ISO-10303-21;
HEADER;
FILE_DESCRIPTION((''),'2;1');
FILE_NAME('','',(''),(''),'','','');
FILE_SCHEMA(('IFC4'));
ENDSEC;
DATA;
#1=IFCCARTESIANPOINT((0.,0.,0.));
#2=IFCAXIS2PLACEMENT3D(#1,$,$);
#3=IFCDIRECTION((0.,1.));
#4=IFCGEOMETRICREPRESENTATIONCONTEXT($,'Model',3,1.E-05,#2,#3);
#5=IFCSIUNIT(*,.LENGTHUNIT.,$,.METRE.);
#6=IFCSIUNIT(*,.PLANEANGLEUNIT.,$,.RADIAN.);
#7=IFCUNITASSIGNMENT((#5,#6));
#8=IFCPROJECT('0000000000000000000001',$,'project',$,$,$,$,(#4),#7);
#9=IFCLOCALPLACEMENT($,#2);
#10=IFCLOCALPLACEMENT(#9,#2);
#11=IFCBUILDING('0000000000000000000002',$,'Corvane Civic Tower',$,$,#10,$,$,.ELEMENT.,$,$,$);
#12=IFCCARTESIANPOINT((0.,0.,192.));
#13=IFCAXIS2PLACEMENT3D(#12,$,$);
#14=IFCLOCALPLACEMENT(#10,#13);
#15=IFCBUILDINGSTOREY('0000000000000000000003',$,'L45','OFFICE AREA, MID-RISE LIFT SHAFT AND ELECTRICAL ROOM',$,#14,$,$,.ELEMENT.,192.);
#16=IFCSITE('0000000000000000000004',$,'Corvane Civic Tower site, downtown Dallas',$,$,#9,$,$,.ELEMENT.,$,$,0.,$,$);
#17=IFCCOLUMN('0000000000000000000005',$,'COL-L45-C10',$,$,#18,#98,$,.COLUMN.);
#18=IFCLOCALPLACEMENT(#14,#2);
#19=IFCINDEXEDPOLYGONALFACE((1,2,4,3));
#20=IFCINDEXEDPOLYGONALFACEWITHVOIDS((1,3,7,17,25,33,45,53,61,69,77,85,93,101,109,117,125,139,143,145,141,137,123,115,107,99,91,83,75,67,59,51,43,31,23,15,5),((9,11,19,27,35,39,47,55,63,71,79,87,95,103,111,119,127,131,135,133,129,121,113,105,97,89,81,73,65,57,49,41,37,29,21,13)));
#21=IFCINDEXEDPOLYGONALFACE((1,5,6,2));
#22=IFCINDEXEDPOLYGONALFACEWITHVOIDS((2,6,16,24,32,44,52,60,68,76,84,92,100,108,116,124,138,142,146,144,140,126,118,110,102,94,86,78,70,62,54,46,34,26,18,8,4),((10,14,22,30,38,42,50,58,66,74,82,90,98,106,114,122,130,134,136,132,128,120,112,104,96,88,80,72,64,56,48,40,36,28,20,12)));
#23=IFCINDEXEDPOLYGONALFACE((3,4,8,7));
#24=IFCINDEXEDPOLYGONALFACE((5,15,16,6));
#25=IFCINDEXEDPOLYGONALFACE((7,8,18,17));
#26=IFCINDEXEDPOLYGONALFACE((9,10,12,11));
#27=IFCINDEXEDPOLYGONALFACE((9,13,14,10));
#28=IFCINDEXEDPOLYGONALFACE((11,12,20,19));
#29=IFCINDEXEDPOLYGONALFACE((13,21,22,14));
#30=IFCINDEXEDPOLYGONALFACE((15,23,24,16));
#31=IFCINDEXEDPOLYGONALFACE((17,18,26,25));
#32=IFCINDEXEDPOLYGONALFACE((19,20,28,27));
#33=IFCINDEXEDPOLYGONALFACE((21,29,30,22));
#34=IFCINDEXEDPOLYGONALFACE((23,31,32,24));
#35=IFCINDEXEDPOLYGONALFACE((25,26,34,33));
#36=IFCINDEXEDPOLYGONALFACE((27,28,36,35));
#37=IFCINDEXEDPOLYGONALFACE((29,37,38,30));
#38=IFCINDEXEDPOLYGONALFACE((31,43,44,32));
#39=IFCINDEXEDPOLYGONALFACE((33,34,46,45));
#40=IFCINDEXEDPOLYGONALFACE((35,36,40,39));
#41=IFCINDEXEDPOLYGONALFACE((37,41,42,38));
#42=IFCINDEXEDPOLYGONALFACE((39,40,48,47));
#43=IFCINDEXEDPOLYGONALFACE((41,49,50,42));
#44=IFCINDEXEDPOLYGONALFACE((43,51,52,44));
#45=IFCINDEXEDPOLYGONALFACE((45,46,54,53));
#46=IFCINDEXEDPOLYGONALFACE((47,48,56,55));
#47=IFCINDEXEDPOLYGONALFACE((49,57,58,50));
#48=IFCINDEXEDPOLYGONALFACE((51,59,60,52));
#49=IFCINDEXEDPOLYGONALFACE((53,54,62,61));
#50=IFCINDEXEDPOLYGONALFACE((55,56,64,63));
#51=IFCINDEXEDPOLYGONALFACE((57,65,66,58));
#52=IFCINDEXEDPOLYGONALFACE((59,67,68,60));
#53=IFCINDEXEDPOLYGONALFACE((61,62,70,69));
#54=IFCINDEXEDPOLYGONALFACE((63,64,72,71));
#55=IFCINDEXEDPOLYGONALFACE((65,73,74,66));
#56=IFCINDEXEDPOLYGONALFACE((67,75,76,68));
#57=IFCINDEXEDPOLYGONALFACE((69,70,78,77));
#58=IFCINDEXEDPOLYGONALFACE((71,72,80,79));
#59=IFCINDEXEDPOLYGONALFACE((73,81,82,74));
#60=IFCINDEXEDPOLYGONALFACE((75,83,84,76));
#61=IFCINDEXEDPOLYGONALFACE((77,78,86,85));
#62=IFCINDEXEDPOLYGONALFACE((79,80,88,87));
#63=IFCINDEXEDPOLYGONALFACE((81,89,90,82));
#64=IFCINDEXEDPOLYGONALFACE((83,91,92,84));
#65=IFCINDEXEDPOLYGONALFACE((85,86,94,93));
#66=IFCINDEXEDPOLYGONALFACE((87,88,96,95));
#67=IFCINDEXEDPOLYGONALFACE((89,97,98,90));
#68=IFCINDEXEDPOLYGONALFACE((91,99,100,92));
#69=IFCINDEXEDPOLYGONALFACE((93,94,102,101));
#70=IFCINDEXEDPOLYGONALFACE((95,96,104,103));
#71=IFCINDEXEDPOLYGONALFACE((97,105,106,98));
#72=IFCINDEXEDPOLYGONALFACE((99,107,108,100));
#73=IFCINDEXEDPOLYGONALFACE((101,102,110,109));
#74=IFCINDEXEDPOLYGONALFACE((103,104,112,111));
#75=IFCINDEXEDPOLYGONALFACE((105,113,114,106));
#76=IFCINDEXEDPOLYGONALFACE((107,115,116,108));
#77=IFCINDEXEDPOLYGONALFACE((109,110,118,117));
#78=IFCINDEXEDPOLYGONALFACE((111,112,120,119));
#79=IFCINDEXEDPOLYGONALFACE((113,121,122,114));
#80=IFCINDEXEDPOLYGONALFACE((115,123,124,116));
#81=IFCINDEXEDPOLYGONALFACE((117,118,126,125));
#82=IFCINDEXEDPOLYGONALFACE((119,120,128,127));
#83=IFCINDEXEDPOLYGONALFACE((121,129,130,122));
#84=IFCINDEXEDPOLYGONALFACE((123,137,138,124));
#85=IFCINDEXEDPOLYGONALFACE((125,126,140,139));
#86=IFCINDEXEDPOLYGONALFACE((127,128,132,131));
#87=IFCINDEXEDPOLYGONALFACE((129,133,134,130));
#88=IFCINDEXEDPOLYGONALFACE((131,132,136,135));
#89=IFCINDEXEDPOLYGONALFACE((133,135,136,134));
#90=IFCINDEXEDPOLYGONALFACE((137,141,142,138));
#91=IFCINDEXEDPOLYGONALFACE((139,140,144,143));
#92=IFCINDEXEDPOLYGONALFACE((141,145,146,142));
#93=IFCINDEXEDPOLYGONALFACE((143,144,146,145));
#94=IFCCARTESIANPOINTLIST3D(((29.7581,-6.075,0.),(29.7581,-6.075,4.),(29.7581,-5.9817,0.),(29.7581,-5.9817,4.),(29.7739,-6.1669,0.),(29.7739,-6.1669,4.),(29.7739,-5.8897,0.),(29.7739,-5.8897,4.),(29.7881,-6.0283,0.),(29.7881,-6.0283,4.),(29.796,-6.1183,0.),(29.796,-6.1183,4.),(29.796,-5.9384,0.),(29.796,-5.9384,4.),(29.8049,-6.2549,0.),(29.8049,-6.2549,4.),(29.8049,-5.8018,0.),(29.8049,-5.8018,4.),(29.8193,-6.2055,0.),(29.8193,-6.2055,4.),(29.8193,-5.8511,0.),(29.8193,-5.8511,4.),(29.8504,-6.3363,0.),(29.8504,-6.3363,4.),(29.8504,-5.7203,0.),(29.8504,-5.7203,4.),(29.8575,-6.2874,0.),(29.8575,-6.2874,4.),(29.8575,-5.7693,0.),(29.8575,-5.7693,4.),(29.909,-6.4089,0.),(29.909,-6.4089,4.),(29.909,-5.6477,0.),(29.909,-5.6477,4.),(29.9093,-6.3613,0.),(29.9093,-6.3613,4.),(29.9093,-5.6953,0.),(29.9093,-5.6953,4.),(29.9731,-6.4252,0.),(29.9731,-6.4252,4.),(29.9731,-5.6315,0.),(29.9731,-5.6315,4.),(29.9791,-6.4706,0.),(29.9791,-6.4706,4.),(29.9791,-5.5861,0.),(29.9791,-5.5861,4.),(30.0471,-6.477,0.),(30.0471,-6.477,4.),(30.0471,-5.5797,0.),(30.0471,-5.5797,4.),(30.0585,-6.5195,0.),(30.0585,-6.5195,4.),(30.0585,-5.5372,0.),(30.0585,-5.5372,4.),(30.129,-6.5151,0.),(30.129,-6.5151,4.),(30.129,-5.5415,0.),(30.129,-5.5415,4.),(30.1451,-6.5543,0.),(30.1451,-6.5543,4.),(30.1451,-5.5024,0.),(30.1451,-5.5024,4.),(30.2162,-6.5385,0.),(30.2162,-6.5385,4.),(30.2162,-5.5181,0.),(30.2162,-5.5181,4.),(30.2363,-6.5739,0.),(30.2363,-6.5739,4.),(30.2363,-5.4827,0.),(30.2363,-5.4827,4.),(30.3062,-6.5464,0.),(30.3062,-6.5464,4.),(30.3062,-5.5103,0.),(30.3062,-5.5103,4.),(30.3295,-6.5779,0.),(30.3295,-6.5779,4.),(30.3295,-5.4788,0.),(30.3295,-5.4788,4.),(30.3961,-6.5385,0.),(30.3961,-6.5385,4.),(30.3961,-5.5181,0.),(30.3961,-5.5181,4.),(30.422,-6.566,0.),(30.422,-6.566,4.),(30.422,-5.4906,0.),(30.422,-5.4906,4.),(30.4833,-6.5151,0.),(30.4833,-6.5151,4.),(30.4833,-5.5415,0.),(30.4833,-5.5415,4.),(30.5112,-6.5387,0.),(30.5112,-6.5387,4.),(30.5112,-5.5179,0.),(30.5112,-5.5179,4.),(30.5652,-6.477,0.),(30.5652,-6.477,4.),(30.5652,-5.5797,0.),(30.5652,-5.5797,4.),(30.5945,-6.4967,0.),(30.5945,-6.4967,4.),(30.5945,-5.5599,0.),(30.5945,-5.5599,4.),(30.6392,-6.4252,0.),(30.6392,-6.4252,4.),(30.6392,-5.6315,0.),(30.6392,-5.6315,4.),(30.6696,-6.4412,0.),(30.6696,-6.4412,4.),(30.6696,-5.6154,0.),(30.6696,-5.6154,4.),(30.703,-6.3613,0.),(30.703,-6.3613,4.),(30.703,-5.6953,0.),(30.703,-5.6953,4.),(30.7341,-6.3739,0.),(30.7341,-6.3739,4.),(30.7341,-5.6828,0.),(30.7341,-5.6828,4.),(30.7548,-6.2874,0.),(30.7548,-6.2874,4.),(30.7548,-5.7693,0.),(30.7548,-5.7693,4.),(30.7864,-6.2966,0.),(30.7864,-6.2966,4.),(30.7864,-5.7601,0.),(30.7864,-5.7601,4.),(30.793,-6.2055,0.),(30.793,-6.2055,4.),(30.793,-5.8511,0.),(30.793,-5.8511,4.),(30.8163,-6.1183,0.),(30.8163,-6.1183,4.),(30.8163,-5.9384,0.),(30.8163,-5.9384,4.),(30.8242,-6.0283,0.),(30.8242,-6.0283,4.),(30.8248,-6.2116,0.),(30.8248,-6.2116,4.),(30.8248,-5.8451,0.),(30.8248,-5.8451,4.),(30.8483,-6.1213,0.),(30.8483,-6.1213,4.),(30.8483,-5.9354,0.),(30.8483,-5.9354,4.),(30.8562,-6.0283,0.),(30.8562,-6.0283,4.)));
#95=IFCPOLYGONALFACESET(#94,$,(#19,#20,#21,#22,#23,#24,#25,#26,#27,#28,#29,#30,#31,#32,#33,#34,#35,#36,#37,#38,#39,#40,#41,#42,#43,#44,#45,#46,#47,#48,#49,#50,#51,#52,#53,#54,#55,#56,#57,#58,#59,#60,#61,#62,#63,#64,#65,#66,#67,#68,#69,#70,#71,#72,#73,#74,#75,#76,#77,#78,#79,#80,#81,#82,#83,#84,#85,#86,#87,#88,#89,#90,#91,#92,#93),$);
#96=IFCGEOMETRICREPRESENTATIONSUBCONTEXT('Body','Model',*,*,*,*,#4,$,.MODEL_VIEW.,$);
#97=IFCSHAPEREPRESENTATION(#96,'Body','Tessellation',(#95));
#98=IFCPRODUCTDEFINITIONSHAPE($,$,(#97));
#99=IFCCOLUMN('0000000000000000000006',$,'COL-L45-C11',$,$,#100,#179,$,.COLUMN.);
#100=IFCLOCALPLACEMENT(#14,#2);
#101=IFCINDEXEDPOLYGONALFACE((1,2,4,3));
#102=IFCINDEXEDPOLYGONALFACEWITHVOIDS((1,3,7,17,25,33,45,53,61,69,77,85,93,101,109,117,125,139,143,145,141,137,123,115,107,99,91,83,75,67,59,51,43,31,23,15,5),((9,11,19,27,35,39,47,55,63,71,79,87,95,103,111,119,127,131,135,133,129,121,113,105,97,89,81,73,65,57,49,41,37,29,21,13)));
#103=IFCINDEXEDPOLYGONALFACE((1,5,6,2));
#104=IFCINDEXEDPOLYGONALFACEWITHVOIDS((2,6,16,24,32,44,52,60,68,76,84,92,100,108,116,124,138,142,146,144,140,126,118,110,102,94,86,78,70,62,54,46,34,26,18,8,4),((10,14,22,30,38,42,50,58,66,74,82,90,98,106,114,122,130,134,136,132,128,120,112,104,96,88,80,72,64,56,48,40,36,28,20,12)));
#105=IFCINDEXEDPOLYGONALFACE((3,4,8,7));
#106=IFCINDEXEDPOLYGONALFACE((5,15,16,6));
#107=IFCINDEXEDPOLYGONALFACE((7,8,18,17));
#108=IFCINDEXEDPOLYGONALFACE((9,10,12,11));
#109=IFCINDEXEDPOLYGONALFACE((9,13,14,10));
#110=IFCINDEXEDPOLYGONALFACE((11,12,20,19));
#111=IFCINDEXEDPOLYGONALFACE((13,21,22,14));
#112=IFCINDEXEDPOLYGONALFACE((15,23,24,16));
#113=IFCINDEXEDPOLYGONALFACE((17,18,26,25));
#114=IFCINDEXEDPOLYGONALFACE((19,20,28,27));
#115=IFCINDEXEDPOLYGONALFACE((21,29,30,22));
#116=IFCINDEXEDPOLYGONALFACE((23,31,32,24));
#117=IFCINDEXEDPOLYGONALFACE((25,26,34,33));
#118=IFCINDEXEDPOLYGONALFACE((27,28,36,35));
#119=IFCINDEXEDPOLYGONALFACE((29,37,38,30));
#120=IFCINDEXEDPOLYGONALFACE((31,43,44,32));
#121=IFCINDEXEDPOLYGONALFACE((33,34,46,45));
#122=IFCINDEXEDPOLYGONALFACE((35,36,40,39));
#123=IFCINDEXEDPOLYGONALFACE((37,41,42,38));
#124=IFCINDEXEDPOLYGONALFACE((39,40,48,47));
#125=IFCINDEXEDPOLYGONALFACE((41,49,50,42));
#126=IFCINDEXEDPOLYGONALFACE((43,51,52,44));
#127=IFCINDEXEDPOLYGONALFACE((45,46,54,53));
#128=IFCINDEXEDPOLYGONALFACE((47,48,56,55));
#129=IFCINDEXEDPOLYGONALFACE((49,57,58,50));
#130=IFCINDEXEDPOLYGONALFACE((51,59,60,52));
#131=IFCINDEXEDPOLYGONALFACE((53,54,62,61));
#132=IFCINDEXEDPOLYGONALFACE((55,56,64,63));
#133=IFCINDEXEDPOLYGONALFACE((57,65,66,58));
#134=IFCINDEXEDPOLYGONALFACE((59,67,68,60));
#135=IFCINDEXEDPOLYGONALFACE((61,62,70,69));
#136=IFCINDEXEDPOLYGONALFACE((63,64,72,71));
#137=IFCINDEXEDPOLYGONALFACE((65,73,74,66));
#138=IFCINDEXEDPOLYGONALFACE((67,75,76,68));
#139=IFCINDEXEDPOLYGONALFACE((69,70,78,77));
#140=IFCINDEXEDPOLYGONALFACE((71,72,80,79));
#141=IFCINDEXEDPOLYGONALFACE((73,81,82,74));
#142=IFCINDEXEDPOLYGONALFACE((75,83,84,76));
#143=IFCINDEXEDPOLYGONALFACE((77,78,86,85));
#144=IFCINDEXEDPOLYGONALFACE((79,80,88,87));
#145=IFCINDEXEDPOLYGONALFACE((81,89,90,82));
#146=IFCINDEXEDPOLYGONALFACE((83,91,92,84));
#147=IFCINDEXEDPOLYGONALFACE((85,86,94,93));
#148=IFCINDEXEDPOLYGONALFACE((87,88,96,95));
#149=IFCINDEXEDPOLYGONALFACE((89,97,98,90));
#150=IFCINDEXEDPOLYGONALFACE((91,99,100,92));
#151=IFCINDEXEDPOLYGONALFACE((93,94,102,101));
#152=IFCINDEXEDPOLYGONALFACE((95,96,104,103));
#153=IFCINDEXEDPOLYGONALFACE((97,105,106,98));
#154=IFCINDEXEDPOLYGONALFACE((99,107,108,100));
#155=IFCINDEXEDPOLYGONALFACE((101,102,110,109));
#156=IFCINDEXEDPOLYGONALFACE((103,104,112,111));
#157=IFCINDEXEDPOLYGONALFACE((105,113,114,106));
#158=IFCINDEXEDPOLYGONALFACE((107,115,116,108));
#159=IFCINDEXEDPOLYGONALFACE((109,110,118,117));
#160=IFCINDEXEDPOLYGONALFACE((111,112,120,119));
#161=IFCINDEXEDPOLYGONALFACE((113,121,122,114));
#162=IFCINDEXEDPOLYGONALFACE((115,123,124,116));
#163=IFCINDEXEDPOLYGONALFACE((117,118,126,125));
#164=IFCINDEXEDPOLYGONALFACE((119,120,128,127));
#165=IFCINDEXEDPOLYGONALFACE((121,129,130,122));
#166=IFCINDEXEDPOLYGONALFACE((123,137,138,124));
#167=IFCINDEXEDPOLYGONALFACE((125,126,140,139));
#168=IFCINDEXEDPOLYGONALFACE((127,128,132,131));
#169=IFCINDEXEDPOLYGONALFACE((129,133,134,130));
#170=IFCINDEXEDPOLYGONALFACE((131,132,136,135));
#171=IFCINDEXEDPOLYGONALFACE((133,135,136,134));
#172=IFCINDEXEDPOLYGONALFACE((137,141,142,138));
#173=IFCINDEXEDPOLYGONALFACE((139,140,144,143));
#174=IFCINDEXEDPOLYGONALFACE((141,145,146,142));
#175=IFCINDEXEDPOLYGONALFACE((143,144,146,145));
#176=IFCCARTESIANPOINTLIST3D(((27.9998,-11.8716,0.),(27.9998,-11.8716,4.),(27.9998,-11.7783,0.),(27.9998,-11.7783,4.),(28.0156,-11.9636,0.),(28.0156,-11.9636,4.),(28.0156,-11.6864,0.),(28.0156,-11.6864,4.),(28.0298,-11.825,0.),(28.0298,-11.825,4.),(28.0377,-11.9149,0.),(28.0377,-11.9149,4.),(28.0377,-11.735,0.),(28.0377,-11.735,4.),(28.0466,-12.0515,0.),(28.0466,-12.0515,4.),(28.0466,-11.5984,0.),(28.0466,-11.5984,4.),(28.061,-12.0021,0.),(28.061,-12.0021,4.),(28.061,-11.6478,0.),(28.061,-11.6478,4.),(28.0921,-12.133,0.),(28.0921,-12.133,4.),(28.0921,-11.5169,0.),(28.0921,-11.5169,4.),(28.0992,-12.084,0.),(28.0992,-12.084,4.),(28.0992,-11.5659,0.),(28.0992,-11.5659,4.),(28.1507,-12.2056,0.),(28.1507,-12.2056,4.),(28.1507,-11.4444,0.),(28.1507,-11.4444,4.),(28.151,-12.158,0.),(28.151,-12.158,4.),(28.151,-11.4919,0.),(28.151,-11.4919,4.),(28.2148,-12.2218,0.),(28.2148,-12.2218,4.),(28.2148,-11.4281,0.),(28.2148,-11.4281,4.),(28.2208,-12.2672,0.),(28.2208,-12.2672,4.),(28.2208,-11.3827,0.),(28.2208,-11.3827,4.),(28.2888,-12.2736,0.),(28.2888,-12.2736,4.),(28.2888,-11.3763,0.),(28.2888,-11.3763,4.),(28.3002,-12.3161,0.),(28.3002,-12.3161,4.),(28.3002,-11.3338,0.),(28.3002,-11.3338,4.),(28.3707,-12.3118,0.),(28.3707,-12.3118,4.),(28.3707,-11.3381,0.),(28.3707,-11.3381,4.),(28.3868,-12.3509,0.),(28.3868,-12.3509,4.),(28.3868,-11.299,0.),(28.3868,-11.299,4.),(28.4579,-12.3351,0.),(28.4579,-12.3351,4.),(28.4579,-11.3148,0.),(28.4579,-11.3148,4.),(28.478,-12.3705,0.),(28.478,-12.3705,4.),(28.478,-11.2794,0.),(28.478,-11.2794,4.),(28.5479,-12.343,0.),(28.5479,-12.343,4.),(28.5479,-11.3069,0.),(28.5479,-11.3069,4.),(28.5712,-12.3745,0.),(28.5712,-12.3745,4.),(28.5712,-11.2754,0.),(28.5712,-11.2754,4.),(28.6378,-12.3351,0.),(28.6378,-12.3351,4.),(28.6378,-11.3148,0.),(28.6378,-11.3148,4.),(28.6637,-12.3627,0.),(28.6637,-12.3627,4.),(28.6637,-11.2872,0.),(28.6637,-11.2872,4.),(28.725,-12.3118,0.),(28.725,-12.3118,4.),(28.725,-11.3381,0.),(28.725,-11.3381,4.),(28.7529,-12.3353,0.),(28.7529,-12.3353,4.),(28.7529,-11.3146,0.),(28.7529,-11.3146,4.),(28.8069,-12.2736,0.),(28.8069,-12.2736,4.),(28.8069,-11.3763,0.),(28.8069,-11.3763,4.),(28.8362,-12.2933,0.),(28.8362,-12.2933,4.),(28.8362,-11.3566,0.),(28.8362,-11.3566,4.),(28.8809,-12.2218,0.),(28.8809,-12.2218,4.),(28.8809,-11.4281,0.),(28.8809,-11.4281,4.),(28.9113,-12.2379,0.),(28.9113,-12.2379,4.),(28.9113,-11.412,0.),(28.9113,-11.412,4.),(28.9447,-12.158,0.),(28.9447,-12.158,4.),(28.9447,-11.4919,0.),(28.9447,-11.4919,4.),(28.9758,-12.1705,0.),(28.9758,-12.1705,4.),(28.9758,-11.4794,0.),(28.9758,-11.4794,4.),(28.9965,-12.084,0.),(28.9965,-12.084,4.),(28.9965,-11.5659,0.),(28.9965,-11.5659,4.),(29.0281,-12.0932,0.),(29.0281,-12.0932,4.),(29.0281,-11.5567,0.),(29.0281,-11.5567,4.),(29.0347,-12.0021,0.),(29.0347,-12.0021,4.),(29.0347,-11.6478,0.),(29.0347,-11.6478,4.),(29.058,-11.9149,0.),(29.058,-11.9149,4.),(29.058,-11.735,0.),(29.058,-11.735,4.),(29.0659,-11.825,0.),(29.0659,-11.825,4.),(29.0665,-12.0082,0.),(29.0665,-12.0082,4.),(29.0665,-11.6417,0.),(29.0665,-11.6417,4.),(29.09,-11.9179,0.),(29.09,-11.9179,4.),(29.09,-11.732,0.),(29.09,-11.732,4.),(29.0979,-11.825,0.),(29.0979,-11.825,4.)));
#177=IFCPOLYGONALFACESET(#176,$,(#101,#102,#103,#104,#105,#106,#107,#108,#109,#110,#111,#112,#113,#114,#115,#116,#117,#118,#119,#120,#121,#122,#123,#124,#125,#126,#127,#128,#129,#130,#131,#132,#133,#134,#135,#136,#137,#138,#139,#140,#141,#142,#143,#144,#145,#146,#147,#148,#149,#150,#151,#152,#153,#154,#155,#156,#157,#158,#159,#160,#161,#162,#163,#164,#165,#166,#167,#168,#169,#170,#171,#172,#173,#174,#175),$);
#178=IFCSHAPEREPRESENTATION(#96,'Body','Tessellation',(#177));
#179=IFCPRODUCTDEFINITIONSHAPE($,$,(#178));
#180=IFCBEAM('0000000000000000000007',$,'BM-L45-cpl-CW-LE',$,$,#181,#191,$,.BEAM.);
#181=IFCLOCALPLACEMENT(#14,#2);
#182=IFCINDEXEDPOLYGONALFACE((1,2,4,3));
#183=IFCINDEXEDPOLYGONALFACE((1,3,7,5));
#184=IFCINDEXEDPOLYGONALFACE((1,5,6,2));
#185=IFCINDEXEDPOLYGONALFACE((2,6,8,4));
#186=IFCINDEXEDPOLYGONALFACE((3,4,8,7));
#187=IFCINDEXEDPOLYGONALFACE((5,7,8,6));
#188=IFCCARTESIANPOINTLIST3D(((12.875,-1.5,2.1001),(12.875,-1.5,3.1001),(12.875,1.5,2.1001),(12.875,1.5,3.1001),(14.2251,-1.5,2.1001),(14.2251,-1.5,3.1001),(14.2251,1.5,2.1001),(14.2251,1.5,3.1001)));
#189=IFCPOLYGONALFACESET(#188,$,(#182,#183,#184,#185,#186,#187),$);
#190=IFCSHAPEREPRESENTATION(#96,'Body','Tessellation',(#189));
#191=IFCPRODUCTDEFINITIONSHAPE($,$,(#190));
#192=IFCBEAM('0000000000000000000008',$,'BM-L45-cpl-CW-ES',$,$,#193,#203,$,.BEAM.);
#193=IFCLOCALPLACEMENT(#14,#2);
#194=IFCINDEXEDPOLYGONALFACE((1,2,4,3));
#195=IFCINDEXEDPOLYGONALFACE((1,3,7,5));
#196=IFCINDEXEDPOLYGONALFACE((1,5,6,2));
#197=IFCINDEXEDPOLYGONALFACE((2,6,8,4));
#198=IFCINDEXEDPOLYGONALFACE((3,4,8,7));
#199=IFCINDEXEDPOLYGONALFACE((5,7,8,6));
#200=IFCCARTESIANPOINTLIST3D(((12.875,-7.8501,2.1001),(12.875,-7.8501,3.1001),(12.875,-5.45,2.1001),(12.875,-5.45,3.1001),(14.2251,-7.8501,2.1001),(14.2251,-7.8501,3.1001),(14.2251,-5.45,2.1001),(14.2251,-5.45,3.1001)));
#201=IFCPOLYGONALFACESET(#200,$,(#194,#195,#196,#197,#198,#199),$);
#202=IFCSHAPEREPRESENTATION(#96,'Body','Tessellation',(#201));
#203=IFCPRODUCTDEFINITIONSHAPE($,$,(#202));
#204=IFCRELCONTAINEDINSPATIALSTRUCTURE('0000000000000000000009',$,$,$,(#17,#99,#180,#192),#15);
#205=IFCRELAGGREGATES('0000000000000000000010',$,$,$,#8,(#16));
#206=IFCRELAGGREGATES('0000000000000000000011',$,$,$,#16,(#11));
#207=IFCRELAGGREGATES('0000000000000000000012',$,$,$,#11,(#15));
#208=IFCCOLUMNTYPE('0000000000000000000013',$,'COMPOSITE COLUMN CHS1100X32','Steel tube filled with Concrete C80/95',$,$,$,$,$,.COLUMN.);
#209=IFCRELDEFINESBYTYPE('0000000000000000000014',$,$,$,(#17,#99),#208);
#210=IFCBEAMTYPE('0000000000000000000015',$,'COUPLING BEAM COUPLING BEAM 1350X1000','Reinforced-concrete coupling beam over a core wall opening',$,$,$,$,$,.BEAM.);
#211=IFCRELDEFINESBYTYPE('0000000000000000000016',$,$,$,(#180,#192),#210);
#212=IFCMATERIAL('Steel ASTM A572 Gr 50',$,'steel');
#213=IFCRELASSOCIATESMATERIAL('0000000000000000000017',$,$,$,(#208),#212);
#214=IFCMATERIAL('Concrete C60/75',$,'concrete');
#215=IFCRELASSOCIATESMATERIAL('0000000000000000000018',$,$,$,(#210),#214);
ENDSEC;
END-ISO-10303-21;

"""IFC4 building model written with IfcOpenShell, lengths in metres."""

from ifc_helpers import new_model, si_unit, direction, frame, origin, origin_2d, place, context, subcontext, project, spatial, rectangle, hollow_circle, extrude, material, material_profile, profile_set, type_object, element, save


model = new_model("IFC4")

# Units and contexts
model_context = context("Model", 3, precision=1e-05, world=origin(), true_north=direction((0.0, 1.0)))
body_context = subcontext(model_context, "Body", "Model", "MODEL_VIEW")
ifc_project = project(units=[si_unit("LENGTHUNIT", "METRE"), si_unit("PLANEANGLEUNIT", "RADIAN")], contexts=[model_context])

# Site, building, storey
site_placement = place(None, origin())
site = spatial("IfcSite", under=ifc_project, at=site_placement, Name="Corvane Civic Tower site, downtown Dallas", CompositionType="ELEMENT", RefElevation=0.0)
building_placement = place(site_placement, origin())
building = spatial("IfcBuilding", under=site, at=building_placement, Name="Corvane Civic Tower", CompositionType="ELEMENT")
storey_placement = place(building_placement, frame((0.0, 0.0, 192.0)))
storey = spatial("IfcBuildingStorey", under=building, at=storey_placement, Name="L45", Description="OFFICE AREA, MID-RISE LIFT SHAFT AND ELECTRICAL ROOM", CompositionType="ELEMENT", Elevation=192.0)

# Columns
ifc_material_1 = material(Name="Steel ASTM A572 Gr 50", Category="steel")
ifc_material_profile_1 = material_profile(ifc_material_1, hollow_circle(Radius=0.55, WallThickness=0.032, at=origin_2d()), Name="CHS1100X32")
ifc_profile_set_1 = profile_set([ifc_material_profile_1], Name="Steel ASTM A572 Gr 50")
column_type = type_object("IfcColumnType", Name="COMPOSITE COLUMN CHS1100X32", Description="Steel tube filled with Concrete C80/95", PredefinedType="COLUMN", material=ifc_profile_set_1)
for number, where, z_axis, x_axis, name in (
    (1, (30.3062, -6.0283, 0.0), (0.0, 0.0, 1.0), (1.0, 0.0, 0.0), "COL-L45-C10"),
    (2, (28.5479, -11.825, 0.0), (0.0, 0.0, 1.0), (1.0, 0.0, 0.0), "COL-L45-C11"),
):
    element("IfcColumn", number, at=place(storey_placement, frame(where, z_axis=z_axis, x_axis=x_axis)), inside=storey, type_object=column_type, Name=name, PredefinedType="COLUMN", context=body_context, shape_type="SweptSolid", body=[
        extrude(hollow_circle(Radius=0.55, WallThickness=0.032, at=origin_2d()), origin(), (0.0, 0.0, 1.0), 4.0),
    ])

# Beams
ifc_material_2 = material(Name="Concrete C60/75", Category="concrete")
ifc_material_profile_2 = material_profile(ifc_material_2, rectangle(XDim=1.3501, YDim=1.0, at=origin_2d()), Name="COUPLING BEAM 1350X1000")
ifc_profile_set_2 = profile_set([ifc_material_profile_2], Name="Concrete C60/75")
beam_type_1 = type_object("IfcBeamType", Name="COUPLING BEAM COUPLING BEAM 1350X1000", Description="Reinforced-concrete coupling beam over a core wall opening", PredefinedType="BEAM", material=ifc_profile_set_2)
beam_1_placement = place(storey_placement, frame((13.55, -1.5, 2.6001), z_axis=(0.0, 1.0, 0.0), x_axis=(-1.0, 0.0, 0.0)))
element("IfcBeam", 3, at=beam_1_placement, inside=storey, type_object=beam_type_1, Name="BM-L45-cpl-CW-LE", PredefinedType="BEAM", context=body_context, shape_type="SweptSolid", body=[
    extrude(rectangle(XDim=1.3501, YDim=1.0, at=origin_2d()), origin(), (0.0, 0.0, 1.0), 3.0),
])
beam_2_placement = place(storey_placement, frame((13.55, -7.8501, 2.6001), z_axis=(0.0, 1.0, 0.0), x_axis=(-1.0, 0.0, 0.0)))
element("IfcBeam", 4, at=beam_2_placement, inside=storey, type_object=beam_type_1, Name="BM-L45-cpl-CW-ES", PredefinedType="BEAM", context=body_context, shape_type="SweptSolid", body=[
    extrude(rectangle(XDim=1.3501, YDim=1.0, at=origin_2d()), origin(), (0.0, 0.0, 1.0), 2.4001),
])

save(model, "model.ifc")
